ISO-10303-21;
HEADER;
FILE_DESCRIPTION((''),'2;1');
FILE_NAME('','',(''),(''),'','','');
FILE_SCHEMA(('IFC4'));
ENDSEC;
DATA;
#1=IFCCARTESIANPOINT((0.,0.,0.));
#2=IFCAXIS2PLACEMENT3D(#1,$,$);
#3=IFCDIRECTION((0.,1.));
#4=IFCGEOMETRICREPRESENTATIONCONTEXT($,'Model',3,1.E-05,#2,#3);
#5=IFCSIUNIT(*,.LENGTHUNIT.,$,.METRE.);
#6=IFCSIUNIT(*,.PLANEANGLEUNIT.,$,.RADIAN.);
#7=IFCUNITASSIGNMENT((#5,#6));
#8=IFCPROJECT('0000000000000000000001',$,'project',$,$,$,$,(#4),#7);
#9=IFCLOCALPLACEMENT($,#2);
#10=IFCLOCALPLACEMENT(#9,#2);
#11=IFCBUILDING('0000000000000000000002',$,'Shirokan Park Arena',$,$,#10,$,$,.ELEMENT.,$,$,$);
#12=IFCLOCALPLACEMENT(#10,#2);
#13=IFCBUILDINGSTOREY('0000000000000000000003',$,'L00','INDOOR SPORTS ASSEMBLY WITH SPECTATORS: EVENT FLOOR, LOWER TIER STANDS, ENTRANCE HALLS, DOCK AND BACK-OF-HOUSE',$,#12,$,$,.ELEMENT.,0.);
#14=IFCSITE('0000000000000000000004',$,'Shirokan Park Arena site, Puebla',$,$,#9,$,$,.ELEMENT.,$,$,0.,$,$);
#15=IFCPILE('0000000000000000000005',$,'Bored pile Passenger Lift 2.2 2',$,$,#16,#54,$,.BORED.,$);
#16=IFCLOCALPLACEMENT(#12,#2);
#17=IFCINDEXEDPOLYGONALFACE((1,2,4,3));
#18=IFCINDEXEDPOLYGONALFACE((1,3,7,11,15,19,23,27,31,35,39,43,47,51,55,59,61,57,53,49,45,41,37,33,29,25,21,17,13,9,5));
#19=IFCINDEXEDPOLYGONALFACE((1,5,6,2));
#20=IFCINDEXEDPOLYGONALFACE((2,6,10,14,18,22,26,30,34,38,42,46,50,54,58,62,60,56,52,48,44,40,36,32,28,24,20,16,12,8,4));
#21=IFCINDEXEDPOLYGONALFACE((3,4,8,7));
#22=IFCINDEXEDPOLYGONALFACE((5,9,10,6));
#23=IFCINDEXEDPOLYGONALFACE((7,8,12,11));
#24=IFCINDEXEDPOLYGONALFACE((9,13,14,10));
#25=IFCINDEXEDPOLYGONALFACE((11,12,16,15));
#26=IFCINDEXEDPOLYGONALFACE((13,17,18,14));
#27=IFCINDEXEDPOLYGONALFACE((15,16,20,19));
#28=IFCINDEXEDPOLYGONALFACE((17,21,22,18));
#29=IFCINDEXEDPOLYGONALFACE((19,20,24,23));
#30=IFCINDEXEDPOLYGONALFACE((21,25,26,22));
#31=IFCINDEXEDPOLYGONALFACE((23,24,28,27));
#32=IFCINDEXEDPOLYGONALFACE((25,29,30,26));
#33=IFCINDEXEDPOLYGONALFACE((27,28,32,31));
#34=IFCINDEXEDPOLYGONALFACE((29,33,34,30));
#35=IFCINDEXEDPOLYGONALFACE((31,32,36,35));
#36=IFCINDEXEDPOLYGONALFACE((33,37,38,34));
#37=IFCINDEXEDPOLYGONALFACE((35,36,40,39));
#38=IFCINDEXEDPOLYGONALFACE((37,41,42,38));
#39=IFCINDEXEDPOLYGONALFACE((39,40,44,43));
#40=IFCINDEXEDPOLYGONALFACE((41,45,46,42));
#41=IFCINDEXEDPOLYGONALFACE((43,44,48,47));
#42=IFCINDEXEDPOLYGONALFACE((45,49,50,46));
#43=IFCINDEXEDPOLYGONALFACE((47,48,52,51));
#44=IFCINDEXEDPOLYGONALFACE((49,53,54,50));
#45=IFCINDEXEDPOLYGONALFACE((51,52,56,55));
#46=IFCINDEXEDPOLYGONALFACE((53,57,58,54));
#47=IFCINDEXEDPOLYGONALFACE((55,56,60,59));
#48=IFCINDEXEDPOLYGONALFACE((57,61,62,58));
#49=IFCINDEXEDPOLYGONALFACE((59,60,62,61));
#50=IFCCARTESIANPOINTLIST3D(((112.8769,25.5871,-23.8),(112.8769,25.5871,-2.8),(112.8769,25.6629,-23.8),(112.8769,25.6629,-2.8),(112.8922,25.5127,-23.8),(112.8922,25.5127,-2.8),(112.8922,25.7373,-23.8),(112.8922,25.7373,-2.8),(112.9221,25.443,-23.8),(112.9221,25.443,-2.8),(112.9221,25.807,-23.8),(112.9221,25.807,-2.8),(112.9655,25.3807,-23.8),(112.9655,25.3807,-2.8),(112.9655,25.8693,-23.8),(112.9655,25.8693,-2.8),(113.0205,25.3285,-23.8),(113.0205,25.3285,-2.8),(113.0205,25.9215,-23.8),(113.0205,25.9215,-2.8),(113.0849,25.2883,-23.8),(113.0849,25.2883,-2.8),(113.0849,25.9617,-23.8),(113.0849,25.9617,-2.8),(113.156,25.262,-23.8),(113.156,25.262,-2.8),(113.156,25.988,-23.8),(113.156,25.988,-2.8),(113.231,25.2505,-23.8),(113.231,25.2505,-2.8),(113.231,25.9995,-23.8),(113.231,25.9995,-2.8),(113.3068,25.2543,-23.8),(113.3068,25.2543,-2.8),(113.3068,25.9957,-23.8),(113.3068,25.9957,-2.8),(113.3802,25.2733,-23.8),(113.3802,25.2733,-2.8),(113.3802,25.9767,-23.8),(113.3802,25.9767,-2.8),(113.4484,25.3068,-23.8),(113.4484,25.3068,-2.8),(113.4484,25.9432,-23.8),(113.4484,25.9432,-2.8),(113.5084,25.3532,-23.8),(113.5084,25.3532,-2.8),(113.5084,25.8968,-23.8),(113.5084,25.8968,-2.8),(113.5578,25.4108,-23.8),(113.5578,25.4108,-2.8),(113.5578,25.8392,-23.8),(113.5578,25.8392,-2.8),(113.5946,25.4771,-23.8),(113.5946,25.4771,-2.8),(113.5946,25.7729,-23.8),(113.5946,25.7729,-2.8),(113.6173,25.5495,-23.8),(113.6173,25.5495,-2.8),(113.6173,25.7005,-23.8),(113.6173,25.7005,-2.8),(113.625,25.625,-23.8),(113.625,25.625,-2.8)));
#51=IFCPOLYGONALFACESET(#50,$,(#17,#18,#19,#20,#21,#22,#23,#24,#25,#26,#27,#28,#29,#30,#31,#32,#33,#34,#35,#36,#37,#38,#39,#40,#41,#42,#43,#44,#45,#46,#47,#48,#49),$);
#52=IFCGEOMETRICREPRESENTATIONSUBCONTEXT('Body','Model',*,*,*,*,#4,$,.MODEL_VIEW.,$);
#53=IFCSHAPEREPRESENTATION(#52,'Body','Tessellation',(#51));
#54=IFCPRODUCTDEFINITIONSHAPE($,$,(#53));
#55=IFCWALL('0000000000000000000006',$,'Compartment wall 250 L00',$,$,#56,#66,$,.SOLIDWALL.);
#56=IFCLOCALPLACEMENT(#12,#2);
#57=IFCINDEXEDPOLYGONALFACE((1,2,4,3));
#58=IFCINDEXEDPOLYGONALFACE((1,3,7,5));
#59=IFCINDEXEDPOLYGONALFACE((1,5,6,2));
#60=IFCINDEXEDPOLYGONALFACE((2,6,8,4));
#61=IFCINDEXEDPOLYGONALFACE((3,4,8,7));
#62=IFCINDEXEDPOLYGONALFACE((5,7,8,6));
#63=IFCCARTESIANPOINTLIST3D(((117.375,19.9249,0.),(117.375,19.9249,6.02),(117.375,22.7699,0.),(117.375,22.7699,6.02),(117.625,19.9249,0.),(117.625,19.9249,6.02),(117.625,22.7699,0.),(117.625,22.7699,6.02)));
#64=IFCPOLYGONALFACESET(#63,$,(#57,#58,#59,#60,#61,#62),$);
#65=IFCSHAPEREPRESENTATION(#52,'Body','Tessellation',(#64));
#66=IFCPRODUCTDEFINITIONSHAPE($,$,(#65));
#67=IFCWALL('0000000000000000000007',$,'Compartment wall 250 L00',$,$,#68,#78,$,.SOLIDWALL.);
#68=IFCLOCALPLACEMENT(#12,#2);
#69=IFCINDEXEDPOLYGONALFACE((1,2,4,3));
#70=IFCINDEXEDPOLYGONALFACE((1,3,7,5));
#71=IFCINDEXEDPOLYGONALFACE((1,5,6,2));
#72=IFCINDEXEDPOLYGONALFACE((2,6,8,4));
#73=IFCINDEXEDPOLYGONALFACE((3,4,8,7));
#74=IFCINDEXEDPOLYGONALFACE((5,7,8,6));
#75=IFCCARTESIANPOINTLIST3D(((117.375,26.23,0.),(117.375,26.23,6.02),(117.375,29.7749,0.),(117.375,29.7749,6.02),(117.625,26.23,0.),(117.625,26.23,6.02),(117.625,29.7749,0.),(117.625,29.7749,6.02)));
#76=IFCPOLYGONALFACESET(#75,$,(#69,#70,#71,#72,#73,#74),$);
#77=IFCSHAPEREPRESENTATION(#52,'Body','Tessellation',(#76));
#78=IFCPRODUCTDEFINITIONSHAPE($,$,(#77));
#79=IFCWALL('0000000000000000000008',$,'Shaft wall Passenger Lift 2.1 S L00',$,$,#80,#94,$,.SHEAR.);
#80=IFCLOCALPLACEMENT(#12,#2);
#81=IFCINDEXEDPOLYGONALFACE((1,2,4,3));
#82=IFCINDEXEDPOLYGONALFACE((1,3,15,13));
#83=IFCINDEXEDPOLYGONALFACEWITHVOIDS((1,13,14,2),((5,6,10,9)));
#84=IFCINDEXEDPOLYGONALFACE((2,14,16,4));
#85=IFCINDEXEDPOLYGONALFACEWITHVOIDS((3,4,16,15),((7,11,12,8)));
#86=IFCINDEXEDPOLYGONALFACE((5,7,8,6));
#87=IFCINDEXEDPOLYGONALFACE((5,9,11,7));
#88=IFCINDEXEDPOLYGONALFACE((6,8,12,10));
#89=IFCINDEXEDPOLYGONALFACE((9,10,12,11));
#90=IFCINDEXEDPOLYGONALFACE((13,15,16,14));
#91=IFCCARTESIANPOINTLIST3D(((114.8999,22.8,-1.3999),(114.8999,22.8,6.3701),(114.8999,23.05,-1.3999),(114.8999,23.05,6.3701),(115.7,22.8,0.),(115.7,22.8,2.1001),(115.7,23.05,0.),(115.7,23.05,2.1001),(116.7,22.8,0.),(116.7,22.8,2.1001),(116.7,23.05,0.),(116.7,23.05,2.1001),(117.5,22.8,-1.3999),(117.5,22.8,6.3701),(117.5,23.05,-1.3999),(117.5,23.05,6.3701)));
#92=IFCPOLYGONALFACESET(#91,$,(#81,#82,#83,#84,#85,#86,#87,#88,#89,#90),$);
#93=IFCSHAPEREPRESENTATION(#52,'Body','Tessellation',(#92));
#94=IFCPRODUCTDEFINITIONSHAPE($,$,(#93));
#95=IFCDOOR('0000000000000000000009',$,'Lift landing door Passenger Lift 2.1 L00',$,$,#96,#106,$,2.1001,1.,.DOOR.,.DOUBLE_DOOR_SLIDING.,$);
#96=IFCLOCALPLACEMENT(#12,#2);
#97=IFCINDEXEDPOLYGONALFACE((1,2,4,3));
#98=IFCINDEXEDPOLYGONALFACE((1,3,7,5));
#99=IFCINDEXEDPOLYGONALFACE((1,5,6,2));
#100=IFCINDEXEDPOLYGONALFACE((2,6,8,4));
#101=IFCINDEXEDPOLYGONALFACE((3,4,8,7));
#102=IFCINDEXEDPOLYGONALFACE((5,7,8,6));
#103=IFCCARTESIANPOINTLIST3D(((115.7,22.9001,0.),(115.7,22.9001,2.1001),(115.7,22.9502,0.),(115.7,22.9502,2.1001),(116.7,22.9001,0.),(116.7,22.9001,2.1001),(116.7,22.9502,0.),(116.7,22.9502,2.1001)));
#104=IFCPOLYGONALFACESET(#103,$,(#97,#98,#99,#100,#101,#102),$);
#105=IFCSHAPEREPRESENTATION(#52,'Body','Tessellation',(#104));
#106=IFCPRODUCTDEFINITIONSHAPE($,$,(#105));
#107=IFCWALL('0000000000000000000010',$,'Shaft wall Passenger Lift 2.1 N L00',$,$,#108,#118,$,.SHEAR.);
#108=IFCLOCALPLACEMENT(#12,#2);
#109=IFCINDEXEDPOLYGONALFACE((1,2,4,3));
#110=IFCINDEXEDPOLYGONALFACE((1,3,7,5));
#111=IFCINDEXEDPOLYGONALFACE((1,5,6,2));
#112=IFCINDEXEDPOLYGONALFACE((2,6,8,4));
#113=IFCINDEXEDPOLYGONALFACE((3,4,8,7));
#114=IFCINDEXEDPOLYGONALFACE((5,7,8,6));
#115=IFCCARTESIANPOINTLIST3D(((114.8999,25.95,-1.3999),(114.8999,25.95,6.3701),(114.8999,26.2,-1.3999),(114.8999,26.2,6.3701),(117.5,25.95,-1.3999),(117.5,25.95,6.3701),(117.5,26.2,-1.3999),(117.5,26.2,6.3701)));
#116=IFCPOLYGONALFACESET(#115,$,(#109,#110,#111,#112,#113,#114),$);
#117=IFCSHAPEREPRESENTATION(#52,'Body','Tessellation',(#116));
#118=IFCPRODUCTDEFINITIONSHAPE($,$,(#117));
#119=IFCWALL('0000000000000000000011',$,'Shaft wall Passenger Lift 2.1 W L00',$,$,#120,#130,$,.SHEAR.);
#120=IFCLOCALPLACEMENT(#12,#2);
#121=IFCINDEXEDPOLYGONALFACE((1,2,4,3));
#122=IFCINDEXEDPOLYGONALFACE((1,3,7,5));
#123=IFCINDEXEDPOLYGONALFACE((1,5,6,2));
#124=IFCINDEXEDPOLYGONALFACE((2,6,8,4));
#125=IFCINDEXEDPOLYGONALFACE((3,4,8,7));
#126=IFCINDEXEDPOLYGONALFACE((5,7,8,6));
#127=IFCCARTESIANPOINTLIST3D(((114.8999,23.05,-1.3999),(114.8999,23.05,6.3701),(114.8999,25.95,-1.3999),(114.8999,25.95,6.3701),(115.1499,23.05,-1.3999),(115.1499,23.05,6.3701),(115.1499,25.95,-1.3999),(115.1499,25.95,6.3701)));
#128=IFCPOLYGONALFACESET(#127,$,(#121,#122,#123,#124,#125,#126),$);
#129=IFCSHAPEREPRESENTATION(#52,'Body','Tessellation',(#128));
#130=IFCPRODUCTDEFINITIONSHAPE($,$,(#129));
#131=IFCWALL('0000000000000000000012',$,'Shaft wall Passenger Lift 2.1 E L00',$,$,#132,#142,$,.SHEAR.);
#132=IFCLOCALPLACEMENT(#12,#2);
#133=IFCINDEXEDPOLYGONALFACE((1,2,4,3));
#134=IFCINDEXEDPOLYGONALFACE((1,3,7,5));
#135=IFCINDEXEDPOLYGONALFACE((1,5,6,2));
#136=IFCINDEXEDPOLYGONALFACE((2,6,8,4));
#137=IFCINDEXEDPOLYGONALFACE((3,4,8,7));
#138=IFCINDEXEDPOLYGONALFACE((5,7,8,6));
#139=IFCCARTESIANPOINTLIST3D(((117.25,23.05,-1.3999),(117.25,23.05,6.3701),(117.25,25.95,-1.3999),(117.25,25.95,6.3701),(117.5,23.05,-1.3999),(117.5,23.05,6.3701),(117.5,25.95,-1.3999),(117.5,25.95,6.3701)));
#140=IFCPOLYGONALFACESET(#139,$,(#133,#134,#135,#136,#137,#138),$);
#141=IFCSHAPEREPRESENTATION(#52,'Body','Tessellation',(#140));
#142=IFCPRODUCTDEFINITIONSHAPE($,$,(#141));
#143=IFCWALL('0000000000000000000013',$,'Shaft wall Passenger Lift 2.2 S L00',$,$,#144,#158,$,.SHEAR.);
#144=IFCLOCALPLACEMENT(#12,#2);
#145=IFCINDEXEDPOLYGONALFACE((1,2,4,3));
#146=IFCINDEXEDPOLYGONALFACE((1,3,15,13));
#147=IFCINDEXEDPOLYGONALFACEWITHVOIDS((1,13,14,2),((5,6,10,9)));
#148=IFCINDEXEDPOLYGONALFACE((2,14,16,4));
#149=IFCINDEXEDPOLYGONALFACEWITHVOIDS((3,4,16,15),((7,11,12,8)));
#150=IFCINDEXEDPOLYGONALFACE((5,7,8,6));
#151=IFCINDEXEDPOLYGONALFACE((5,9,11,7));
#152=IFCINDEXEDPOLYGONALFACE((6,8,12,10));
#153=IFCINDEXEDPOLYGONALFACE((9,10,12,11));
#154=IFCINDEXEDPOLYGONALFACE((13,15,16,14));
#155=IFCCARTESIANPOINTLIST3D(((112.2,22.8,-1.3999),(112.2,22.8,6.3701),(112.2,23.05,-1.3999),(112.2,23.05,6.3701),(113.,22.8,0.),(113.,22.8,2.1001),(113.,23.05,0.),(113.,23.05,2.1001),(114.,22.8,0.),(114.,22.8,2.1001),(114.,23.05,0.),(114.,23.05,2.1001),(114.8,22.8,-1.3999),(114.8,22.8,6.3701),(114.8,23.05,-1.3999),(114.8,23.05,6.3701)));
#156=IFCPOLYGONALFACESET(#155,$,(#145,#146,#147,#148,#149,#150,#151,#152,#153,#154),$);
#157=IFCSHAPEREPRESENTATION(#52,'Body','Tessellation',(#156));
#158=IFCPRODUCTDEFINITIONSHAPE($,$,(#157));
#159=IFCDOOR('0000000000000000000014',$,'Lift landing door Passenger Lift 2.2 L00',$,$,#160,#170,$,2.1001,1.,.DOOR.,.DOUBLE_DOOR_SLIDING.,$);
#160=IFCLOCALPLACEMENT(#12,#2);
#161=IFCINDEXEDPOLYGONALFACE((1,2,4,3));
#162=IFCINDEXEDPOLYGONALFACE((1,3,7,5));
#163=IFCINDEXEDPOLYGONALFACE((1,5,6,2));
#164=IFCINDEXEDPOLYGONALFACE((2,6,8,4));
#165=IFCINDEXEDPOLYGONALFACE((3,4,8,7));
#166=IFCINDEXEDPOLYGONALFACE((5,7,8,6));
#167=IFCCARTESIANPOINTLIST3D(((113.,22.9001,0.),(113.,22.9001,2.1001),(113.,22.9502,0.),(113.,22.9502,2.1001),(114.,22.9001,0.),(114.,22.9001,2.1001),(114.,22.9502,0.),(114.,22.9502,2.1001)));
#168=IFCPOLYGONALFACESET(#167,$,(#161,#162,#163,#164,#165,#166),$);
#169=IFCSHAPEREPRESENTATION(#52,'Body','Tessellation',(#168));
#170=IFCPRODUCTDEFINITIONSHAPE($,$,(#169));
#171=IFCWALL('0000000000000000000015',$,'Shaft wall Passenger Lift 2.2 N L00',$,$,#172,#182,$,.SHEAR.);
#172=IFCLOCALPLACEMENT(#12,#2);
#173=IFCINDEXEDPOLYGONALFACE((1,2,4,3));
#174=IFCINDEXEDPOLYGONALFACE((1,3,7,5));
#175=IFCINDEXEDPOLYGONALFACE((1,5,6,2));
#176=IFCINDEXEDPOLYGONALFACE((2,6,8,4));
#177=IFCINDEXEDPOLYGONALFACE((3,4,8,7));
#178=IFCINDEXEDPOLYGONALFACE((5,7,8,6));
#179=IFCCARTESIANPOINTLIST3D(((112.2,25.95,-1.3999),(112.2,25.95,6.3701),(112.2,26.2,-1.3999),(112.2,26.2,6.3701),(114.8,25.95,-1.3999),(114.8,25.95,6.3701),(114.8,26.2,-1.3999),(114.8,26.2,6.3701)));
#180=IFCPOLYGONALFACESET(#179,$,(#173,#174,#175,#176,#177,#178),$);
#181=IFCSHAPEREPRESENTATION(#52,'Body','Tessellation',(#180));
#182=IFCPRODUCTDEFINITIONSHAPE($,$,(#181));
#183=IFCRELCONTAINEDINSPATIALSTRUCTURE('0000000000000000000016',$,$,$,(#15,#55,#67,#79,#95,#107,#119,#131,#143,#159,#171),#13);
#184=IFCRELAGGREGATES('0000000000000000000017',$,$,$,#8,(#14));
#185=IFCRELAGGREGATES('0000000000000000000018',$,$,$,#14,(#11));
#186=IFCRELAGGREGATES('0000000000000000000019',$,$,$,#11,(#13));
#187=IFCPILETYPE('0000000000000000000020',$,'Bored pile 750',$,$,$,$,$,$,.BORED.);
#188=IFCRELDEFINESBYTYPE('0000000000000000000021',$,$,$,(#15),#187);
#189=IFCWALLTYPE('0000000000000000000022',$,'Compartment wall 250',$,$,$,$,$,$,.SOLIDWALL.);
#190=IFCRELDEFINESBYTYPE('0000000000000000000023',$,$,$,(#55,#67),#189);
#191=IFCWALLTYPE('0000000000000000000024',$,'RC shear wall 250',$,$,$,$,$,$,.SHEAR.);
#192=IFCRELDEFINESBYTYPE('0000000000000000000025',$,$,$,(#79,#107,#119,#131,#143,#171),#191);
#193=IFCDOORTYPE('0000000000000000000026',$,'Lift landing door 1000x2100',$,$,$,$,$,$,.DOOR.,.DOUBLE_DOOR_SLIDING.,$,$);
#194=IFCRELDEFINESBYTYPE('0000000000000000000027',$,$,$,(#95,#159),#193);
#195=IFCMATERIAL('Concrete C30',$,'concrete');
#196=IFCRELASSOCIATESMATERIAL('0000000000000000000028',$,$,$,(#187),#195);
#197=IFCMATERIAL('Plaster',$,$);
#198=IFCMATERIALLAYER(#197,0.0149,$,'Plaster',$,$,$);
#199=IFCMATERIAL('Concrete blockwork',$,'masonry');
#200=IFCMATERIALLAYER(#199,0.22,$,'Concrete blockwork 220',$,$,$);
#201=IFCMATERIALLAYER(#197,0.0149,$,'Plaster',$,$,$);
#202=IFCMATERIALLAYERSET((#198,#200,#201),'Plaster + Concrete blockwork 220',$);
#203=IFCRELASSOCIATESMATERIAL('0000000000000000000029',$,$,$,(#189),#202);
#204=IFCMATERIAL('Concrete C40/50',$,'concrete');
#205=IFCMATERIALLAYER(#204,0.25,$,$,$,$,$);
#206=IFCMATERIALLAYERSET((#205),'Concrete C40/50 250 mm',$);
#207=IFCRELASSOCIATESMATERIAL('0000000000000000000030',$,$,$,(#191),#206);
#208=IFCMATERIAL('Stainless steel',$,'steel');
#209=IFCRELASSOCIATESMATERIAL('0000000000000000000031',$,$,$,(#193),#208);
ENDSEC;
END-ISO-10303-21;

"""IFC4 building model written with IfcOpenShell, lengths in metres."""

from ifc_helpers import new_model, si_unit, direction, frame, frame_2d, origin, origin_2d, place, context, subcontext, project, spatial, rectangle, circle, extrude, material, layer, layer_set, material_profile, profile_set, type_object, element, fill, save


model = new_model("IFC4")

# Units and contexts
model_context = context("Model", 3, precision=1e-05, world=origin(), true_north=direction((0.0, 1.0)))
body_context = subcontext(model_context, "Body", "Model", "MODEL_VIEW")
ifc_project = project(units=[si_unit("LENGTHUNIT", "METRE"), si_unit("PLANEANGLEUNIT", "RADIAN")], contexts=[model_context])

# Site, building, storey
site_placement = place(None, origin())
site = spatial("IfcSite", under=ifc_project, at=site_placement, Name="Shirokan Park Arena site, Puebla", CompositionType="ELEMENT", RefElevation=0.0)
building_placement = place(site_placement, origin())
building = spatial("IfcBuilding", under=site, at=building_placement, Name="Shirokan Park Arena", CompositionType="ELEMENT")
storey_placement = place(building_placement, origin())
storey = spatial("IfcBuildingStorey", under=building, at=storey_placement, Name="L00", Description="INDOOR SPORTS ASSEMBLY WITH SPECTATORS: EVENT FLOOR, LOWER TIER STANDS, ENTRANCE HALLS, DOCK AND BACK-OF-HOUSE", CompositionType="ELEMENT", Elevation=0.0)

# Pile
ifc_material_1 = material(Name="Concrete C30", Category="concrete")
ifc_material_profile = material_profile(ifc_material_1, circle(Radius=0.375, at=origin_2d()), Name="D750")
ifc_profile_set = profile_set([ifc_material_profile], Name="Concrete C30")
pile_type = type_object("IfcPileType", Name="Bored pile 750", PredefinedType="BORED", material=ifc_profile_set)
for number, where, z_axis, x_axis, name in (
    (1, (113.25, 25.625, -2.8), (0.0, 0.0, -1.0), (1.0, 0.0, 0.0), "Bored pile Passenger Lift 2.2 2"),
):
    element("IfcPile", number, at=place(storey_placement, frame(where, z_axis=z_axis, x_axis=x_axis)), inside=storey, type_object=pile_type, Name=name, PredefinedType="BORED", context=body_context, shape_type="SweptSolid", body=[
        extrude(circle(Radius=0.375, at=origin_2d()), origin(), (0.0, 0.0, 1.0), 21.0),
    ])

# Walls
ifc_material_2 = material(Name="Plaster")
ifc_layer_1 = layer(ifc_material_2, 0.0149, Name="Plaster")
ifc_material_3 = material(Name="Concrete blockwork", Category="masonry")
ifc_layer_2 = layer(ifc_material_3, 0.22, Name="Concrete blockwork 220")
ifc_layer_3 = layer(ifc_material_2, 0.0149, Name="Plaster")
ifc_layer_set_1 = layer_set([ifc_layer_1, ifc_layer_2, ifc_layer_3], Name="Plaster + Concrete blockwork 220")
wall_type_1 = type_object("IfcWallType", Name="Compartment wall 250", PredefinedType="SOLIDWALL", material=ifc_layer_set_1)
wall_1_placement = place(storey_placement, frame((117.5, 19.925, 0.0), z_axis=(0.0, 0.0, 1.0), x_axis=(0.0, 1.0, 0.0)))
element("IfcWall", 2, at=wall_1_placement, inside=storey, type_object=wall_type_1, Name="Compartment wall 250 L00", PredefinedType="SOLIDWALL", context=body_context, shape_type="SweptSolid", body=[
    extrude(rectangle(XDim=2.845, YDim=0.25, at=frame_2d((1.4224, 0.0))), origin(), (0.0, 0.0, 1.0), 6.02),
])
wall_2_placement = place(storey_placement, frame((117.5, 26.23, 0.0), z_axis=(0.0, 0.0, 1.0), x_axis=(0.0, 1.0, 0.0)))
element("IfcWall", 3, at=wall_2_placement, inside=storey, type_object=wall_type_1, Name="Compartment wall 250 L00", PredefinedType="SOLIDWALL", context=body_context, shape_type="SweptSolid", body=[
    extrude(rectangle(XDim=3.5449, YDim=0.25, at=frame_2d((1.7725, 0.0))), origin(), (0.0, 0.0, 1.0), 6.02),
])

# Wall, opening, door
ifc_material_4 = material(Name="Concrete C40/50", Category="concrete")
ifc_layer_4 = layer(ifc_material_4, 0.25)
ifc_layer_set_2 = layer_set([ifc_layer_4], Name="Concrete C40/50 250 mm")
wall_type_2 = type_object("IfcWallType", Name="RC shear wall 250", PredefinedType="SHEAR", material=ifc_layer_set_2)
wall_3_placement = place(storey_placement, frame((117.5, 22.925, -1.3999), z_axis=(0.0, 0.0, 1.0), x_axis=(-1.0, 0.0, 0.0)))
wall_3 = element("IfcWall", 4, at=wall_3_placement, inside=storey, type_object=wall_type_2, Name="Shaft wall Passenger Lift 2.1 S L00", PredefinedType="SHEAR", context=body_context, shape_type="SweptSolid", body=[
    extrude(rectangle(XDim=2.6001, YDim=0.25, at=frame_2d((1.3, 0.0))), origin(), (0.0, 0.0, 1.0), 7.77),
])
opening_1_placement = place(wall_3_placement, frame((0.8, 0.0, 1.3999)))
opening_1 = element("IfcOpeningElement", 5, at=opening_1_placement, cuts=wall_3, PredefinedType="OPENING", context=body_context, shape_type="SweptSolid", body=[
    extrude(rectangle(XDim=1.0, YDim=2.1001, at=frame_2d((0.5, 1.05))), frame((0.0, 0.135, 0.0), z_axis=(0.0, -1.0, 0.0), x_axis=(1.0, 0.0, 0.0)), (0.0, 0.0, 1.0), 0.27),
])
ifc_material_5 = material(Name="Stainless steel", Category="steel")
door_type_1 = type_object("IfcDoorType", Name="Lift landing door 1000x2100", OperationType="DOUBLE_DOOR_SLIDING", PredefinedType="DOOR", material=ifc_material_5)
door_1_placement = place(opening_1_placement, origin())
door_1 = element("IfcDoor", 6, at=door_1_placement, inside=storey, type_object=door_type_1, Name="Lift landing door Passenger Lift 2.1 L00", OperationType="DOUBLE_DOOR_SLIDING", OverallHeight=2.1001, OverallWidth=1.0, PredefinedType="DOOR", context=body_context, shape_type="SweptSolid", body=[
    extrude(rectangle(XDim=1.0, YDim=2.1001, at=frame_2d((0.5, 1.05))), frame((0.0, 0.0249, 0.0), z_axis=(0.0, -1.0, 0.0), x_axis=(1.0, 0.0, 0.0)), (0.0, 0.0, 1.0), 0.05),
])
fill(opening_1, door_1)

# Walls
wall_4_placement = place(storey_placement, frame((117.5, 26.075, -1.3999), z_axis=(0.0, 0.0, 1.0), x_axis=(-1.0, 0.0, 0.0)))
element("IfcWall", 7, at=wall_4_placement, inside=storey, type_object=wall_type_2, Name="Shaft wall Passenger Lift 2.1 N L00", PredefinedType="SHEAR", context=body_context, shape_type="SweptSolid", body=[
    extrude(rectangle(XDim=2.6001, YDim=0.25, at=frame_2d((1.3, 0.0))), origin(), (0.0, 0.0, 1.0), 7.77),
])
for number, where, z_axis, x_axis, name in (
    (8, (115.0249, 25.95, -1.3999), (0.0, 0.0, 1.0), (0.0, -1.0, 0.0), "Shaft wall Passenger Lift 2.1 W L00"),
    (9, (117.375, 25.95, -1.3999), (0.0, 0.0, 1.0), (0.0, -1.0, 0.0), "Shaft wall Passenger Lift 2.1 E L00"),
):
    element("IfcWall", number, at=place(storey_placement, frame(where, z_axis=z_axis, x_axis=x_axis)), inside=storey, type_object=wall_type_2, Name=name, PredefinedType="SHEAR", context=body_context, shape_type="SweptSolid", body=[
        extrude(rectangle(XDim=2.8999, YDim=0.25, at=frame_2d((1.45, 0.0))), origin(), (0.0, 0.0, 1.0), 7.77),
    ])

# Wall, opening, door
wall_5_placement = place(storey_placement, frame((114.8, 22.925, -1.3999), z_axis=(0.0, 0.0, 1.0), x_axis=(-1.0, 0.0, 0.0)))
wall_5 = element("IfcWall", 10, at=wall_5_placement, inside=storey, type_object=wall_type_2, Name="Shaft wall Passenger Lift 2.2 S L00", PredefinedType="SHEAR", context=body_context, shape_type="SweptSolid", body=[
    extrude(rectangle(XDim=2.6001, YDim=0.25, at=frame_2d((1.3, 0.0))), origin(), (0.0, 0.0, 1.0), 7.77),
])
opening_2_placement = place(wall_5_placement, frame((0.8, 0.0, 1.3999)))
opening_2 = element("IfcOpeningElement", 11, at=opening_2_placement, cuts=wall_5, PredefinedType="OPENING", context=body_context, shape_type="SweptSolid", body=[
    extrude(rectangle(XDim=1.0, YDim=2.1001, at=frame_2d((0.5, 1.05))), frame((0.0, 0.135, 0.0), z_axis=(0.0, -1.0, 0.0), x_axis=(1.0, 0.0, 0.0)), (0.0, 0.0, 1.0), 0.27),
])
door_2_placement = place(opening_2_placement, origin())
door_2 = element("IfcDoor", 12, at=door_2_placement, inside=storey, type_object=door_type_1, Name="Lift landing door Passenger Lift 2.2 L00", OperationType="DOUBLE_DOOR_SLIDING", OverallHeight=2.1001, OverallWidth=1.0, PredefinedType="DOOR", context=body_context, shape_type="SweptSolid", body=[
    extrude(rectangle(XDim=1.0, YDim=2.1001, at=frame_2d((0.5, 1.05))), frame((0.0, 0.0249, 0.0), z_axis=(0.0, -1.0, 0.0), x_axis=(1.0, 0.0, 0.0)), (0.0, 0.0, 1.0), 0.05),
])
fill(opening_2, door_2)

# Wall
wall_6_placement = place(storey_placement, frame((114.8, 26.075, -1.3999), z_axis=(0.0, 0.0, 1.0), x_axis=(-1.0, 0.0, 0.0)))
element("IfcWall", 13, at=wall_6_placement, inside=storey, type_object=wall_type_2, Name="Shaft wall Passenger Lift 2.2 N L00", PredefinedType="SHEAR", context=body_context, shape_type="SweptSolid", body=[
    extrude(rectangle(XDim=2.6001, YDim=0.25, at=frame_2d((1.3, 0.0))), origin(), (0.0, 0.0, 1.0), 7.77),
])

save(model, "model.ifc")
